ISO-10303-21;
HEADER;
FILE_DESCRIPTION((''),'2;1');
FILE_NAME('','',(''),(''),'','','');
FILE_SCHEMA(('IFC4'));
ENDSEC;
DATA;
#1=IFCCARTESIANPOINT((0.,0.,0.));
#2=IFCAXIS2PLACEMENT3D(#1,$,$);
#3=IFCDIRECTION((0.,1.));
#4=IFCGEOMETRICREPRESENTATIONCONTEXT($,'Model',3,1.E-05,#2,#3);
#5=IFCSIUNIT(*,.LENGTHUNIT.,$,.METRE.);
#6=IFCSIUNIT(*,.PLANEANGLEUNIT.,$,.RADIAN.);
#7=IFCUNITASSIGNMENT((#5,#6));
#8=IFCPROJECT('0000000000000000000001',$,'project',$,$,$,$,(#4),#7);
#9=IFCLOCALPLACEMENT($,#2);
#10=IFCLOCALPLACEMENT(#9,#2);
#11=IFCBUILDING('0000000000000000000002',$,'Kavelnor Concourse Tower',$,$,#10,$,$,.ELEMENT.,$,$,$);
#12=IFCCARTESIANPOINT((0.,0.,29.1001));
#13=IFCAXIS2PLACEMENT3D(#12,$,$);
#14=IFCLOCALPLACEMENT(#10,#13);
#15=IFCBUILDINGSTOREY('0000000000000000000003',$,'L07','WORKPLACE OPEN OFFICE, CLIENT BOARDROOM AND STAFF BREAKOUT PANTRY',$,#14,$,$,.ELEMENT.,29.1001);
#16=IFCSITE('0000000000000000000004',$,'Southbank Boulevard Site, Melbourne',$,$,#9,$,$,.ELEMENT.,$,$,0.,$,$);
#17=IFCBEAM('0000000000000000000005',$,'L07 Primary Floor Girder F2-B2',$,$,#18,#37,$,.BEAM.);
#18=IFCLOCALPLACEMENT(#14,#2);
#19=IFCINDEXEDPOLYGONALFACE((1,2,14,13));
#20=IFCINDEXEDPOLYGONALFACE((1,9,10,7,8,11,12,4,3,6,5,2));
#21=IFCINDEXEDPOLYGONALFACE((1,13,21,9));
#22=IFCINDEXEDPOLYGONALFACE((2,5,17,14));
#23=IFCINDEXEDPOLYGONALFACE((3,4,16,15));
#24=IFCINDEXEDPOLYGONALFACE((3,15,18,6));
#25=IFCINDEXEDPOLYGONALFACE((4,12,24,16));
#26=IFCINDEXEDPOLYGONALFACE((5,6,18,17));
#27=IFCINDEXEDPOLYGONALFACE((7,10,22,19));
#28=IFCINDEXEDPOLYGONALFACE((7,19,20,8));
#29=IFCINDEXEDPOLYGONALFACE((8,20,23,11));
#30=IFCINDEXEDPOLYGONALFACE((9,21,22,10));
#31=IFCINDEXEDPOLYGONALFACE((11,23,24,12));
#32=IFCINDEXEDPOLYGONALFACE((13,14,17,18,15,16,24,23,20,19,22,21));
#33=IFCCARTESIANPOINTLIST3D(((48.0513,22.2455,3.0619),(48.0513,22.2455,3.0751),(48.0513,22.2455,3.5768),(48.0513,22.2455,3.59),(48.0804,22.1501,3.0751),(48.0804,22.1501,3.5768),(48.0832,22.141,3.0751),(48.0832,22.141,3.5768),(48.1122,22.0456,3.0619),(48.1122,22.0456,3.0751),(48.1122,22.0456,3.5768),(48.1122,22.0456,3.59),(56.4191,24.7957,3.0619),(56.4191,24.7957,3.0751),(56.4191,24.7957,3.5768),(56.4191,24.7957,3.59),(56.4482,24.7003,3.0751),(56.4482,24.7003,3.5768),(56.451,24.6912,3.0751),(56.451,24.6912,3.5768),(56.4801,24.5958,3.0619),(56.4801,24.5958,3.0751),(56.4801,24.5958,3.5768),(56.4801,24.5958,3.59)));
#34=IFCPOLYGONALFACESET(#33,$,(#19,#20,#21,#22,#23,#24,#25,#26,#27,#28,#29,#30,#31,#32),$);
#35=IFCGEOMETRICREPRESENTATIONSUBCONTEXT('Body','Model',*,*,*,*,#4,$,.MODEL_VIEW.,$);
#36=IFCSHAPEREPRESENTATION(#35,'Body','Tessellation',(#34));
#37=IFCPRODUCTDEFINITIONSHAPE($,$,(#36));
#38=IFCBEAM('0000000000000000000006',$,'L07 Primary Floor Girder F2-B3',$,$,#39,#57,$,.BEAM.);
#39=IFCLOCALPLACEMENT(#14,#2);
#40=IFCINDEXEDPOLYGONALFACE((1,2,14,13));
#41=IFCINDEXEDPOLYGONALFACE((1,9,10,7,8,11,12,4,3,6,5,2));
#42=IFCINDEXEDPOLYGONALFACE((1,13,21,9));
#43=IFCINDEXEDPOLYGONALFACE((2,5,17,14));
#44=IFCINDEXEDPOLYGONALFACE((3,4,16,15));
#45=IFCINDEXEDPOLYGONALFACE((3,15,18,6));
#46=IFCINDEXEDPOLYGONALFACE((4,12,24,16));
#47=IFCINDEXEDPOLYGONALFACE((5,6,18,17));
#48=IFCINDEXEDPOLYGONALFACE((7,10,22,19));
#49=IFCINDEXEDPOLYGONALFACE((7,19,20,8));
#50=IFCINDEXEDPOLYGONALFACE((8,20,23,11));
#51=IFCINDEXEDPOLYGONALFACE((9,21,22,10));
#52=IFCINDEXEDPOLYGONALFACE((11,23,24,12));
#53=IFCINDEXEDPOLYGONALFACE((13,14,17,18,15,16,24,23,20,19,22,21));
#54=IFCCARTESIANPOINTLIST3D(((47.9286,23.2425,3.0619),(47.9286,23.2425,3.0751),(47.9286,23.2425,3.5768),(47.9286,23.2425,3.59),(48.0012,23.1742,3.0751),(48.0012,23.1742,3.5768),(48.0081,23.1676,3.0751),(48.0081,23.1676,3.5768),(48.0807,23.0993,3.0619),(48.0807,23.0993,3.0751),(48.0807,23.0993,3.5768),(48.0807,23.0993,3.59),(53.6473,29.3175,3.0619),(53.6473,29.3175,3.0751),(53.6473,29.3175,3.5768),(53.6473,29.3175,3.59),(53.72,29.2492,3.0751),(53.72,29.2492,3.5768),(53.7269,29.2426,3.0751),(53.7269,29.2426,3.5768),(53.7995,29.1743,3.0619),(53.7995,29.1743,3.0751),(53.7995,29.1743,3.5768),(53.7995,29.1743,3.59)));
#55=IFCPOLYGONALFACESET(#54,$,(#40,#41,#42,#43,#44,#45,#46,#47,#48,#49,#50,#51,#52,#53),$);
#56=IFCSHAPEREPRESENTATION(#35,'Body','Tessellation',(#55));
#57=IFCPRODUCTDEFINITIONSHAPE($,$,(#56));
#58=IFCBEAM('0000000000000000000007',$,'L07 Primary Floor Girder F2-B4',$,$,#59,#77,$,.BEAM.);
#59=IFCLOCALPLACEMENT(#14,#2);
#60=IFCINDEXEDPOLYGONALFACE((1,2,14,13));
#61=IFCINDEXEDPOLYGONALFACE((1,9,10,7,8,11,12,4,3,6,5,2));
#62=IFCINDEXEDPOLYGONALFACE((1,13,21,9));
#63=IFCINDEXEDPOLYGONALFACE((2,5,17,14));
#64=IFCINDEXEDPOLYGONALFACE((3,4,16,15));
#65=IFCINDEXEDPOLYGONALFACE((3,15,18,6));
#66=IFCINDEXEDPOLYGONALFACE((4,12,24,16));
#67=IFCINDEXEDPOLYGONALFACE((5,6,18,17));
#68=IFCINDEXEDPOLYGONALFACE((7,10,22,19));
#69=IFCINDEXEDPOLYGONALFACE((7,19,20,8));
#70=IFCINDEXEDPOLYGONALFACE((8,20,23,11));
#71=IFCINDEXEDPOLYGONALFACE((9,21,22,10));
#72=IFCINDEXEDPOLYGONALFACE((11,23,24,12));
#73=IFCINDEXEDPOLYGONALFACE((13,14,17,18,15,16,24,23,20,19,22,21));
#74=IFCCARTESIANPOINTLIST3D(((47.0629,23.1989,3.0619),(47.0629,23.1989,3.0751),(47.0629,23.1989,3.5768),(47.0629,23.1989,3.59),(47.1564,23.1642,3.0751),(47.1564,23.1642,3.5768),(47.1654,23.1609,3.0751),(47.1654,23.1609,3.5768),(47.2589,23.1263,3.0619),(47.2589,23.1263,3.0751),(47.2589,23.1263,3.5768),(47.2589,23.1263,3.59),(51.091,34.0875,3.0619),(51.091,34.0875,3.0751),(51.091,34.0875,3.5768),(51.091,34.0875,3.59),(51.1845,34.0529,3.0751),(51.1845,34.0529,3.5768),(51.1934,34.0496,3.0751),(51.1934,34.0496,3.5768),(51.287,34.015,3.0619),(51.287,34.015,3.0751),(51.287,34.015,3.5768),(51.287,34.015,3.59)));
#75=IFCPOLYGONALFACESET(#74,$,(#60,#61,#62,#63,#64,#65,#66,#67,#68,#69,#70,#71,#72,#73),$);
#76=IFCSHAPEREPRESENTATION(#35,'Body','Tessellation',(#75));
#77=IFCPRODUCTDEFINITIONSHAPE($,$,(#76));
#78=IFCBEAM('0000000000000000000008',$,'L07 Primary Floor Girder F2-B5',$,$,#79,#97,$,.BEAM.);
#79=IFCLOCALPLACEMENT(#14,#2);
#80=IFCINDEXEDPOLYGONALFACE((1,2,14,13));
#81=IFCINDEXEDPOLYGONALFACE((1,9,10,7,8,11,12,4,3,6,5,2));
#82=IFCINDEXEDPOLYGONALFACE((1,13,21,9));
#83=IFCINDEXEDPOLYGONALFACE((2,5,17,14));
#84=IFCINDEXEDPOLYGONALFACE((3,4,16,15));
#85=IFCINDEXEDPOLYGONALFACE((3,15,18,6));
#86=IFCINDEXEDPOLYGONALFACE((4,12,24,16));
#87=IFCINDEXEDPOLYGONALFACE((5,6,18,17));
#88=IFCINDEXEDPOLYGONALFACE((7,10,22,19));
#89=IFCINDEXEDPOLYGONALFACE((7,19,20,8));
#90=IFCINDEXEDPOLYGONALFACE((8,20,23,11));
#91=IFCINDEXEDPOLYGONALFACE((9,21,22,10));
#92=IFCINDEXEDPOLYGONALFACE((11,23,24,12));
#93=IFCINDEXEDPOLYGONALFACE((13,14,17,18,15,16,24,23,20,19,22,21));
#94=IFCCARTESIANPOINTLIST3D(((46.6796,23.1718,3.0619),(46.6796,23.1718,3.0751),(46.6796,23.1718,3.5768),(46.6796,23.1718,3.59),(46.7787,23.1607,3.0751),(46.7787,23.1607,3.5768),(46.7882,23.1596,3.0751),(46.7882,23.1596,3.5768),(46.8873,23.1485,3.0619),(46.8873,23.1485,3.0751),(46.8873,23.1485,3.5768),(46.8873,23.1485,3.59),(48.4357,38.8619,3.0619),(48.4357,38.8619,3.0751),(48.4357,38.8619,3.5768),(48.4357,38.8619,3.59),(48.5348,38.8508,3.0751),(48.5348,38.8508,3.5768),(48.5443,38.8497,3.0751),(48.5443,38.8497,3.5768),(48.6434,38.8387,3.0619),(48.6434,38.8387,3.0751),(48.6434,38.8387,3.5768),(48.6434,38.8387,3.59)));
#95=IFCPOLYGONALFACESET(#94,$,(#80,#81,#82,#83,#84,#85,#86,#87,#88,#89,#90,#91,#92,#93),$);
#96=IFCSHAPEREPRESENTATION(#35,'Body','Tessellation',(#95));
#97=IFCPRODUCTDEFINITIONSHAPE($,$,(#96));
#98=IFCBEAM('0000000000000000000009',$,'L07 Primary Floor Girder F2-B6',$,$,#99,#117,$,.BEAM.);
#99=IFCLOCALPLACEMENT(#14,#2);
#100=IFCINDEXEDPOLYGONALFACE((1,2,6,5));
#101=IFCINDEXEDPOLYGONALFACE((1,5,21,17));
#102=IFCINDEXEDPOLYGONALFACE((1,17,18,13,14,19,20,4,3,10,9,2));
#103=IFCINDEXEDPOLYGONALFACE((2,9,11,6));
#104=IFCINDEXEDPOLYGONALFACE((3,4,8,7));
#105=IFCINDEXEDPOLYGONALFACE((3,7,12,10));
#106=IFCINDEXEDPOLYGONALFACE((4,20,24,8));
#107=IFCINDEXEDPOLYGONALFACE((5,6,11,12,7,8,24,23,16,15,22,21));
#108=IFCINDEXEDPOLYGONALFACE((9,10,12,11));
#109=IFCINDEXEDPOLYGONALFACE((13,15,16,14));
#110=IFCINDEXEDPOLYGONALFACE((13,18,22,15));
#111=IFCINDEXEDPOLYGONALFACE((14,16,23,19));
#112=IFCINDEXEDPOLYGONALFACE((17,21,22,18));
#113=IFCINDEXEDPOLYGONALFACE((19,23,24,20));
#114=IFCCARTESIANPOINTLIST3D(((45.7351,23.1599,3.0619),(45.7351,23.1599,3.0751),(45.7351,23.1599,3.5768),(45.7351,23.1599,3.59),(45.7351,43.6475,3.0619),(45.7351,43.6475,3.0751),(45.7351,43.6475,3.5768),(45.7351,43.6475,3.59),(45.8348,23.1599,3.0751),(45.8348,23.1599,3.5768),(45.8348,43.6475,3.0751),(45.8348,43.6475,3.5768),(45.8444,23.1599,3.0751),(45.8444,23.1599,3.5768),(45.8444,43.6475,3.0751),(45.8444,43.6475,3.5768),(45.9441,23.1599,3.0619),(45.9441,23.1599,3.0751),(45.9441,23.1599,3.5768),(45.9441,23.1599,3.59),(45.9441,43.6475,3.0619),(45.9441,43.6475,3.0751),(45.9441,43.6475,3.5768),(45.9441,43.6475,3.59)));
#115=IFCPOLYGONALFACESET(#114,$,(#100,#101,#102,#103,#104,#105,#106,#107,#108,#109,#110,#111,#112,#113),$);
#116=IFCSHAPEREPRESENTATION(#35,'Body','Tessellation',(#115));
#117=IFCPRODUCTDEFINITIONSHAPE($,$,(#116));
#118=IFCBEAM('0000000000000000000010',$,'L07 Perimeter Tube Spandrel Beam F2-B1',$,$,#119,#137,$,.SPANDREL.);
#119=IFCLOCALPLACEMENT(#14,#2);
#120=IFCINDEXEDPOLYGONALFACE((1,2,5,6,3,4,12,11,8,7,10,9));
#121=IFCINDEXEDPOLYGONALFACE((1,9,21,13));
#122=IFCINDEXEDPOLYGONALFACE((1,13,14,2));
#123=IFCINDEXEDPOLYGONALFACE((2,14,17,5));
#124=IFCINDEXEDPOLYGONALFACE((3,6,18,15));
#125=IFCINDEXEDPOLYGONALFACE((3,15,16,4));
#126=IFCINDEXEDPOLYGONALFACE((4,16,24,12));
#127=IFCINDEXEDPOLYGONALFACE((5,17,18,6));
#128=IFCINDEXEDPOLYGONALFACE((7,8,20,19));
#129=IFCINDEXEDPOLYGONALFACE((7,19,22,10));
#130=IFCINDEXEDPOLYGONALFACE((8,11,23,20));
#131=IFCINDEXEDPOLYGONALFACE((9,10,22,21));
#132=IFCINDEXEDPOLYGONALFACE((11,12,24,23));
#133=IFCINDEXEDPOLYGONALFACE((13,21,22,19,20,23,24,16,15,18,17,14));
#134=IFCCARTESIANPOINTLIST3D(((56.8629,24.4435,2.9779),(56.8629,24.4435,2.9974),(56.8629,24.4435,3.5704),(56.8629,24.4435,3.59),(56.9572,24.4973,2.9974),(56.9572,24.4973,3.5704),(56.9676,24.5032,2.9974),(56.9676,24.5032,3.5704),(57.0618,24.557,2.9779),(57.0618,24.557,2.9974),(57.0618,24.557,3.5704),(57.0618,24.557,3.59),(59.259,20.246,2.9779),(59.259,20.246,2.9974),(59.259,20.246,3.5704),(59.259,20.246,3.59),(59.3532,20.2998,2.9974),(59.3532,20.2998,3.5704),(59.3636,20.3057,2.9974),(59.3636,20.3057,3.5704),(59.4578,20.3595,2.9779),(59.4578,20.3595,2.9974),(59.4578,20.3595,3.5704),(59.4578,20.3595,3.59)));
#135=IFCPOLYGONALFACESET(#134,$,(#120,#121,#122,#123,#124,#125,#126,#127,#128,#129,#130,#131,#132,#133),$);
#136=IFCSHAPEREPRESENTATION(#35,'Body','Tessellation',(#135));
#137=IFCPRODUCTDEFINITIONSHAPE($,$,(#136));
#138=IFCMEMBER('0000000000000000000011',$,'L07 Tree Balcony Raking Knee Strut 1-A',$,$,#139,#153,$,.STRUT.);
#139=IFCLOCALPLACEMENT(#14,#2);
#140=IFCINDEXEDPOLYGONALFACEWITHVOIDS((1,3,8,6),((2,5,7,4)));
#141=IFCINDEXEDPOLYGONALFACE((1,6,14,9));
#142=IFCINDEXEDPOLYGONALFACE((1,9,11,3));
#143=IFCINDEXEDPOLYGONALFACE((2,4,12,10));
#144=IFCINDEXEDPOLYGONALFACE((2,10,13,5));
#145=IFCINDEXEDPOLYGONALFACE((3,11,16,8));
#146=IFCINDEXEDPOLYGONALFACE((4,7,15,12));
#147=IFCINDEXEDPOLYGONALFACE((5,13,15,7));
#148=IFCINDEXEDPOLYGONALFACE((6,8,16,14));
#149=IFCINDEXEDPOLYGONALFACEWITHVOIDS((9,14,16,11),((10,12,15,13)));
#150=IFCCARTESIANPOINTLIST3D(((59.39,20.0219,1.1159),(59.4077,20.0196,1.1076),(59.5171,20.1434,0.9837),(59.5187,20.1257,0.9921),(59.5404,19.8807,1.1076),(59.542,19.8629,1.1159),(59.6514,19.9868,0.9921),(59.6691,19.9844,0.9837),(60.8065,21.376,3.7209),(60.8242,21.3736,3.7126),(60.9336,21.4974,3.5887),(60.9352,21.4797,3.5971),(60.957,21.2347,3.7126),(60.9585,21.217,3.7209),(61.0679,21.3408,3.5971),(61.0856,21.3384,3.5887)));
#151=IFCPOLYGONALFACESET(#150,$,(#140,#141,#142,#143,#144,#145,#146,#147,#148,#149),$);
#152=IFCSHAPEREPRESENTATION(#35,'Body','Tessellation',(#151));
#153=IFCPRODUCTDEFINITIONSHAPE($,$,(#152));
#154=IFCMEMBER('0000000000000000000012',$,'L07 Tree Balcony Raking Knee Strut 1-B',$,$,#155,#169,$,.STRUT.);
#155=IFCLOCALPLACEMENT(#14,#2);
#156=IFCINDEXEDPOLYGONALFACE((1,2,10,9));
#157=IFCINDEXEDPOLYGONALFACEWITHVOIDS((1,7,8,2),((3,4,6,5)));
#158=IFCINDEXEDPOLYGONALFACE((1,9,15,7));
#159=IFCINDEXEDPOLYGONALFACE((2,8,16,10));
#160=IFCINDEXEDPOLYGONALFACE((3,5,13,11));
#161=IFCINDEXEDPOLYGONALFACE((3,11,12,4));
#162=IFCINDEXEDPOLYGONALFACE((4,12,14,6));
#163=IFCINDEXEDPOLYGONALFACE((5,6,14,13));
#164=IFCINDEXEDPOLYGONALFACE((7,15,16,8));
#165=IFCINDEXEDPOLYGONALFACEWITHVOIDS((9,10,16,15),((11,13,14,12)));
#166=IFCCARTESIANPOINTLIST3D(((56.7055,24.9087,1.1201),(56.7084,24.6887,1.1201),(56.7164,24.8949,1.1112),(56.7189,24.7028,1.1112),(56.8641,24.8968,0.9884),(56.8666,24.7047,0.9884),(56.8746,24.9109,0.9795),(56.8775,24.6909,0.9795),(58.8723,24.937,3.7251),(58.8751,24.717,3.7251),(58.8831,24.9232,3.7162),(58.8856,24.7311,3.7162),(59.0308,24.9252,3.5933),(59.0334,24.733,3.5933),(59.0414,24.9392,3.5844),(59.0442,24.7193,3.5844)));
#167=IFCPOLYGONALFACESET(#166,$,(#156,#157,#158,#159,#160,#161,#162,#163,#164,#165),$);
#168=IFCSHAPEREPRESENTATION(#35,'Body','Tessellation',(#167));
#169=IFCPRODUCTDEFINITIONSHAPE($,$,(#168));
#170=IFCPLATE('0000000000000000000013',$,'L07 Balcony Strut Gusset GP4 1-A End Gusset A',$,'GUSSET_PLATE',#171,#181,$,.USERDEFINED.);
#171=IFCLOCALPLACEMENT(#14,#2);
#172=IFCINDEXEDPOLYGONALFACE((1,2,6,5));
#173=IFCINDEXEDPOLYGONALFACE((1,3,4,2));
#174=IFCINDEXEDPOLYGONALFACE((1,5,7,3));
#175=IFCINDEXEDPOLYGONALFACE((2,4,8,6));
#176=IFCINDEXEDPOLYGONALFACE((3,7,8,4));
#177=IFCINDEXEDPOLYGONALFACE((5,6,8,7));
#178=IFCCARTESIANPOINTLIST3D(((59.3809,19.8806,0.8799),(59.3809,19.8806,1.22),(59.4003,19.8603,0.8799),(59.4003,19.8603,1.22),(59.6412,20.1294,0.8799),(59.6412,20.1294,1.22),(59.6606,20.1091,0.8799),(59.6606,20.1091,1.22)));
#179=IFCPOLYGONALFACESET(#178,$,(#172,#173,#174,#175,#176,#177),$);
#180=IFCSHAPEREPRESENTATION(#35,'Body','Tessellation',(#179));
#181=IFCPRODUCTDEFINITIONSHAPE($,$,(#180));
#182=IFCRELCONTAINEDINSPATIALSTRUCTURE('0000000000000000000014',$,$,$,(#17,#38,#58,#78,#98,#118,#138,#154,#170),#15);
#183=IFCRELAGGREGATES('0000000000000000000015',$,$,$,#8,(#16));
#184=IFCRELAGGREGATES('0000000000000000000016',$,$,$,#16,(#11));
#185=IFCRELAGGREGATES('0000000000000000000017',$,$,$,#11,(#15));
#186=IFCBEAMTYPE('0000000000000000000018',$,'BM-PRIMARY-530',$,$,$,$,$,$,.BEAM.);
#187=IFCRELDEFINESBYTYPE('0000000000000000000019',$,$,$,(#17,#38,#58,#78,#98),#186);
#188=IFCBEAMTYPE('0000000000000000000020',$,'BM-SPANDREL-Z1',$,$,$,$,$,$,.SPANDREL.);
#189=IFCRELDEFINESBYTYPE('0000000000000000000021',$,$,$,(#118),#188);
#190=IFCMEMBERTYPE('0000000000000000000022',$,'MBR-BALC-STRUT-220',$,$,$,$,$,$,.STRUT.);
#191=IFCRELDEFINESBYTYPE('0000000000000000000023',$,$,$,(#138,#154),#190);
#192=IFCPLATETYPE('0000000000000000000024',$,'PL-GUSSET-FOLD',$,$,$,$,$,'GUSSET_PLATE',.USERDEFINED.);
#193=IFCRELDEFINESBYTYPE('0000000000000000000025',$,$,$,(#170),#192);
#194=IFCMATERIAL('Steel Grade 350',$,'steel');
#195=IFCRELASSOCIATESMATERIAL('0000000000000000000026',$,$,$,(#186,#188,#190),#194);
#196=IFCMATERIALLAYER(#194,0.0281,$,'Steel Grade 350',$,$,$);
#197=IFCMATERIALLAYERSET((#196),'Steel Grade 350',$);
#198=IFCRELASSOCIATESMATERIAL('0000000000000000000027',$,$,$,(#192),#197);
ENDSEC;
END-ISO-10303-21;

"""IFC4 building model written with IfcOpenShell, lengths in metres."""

from ifc_helpers import new_model, si_unit, direction, frame, origin, origin_2d, place, context, subcontext, project, spatial, rectangle, hollow_rectangle, i_section, extrude, material, layer, layer_set, material_profile, profile_set, type_object, element, save


model = new_model("IFC4")

# Units and contexts
model_context = context("Model", 3, precision=1e-05, world=origin(), true_north=direction((0.0, 1.0)))
body_context = subcontext(model_context, "Body", "Model", "MODEL_VIEW")
ifc_project = project(units=[si_unit("LENGTHUNIT", "METRE"), si_unit("PLANEANGLEUNIT", "RADIAN")], contexts=[model_context])

# Site, building, storey
site_placement = place(None, origin())
site = spatial("IfcSite", under=ifc_project, at=site_placement, Name="Southbank Boulevard Site, Melbourne", CompositionType="ELEMENT", RefElevation=0.0)
building_placement = place(site_placement, origin())
building = spatial("IfcBuilding", under=site, at=building_placement, Name="Kavelnor Concourse Tower", CompositionType="ELEMENT")
storey_placement = place(building_placement, frame((0.0, 0.0, 29.1001)))
storey = spatial("IfcBuildingStorey", under=building, at=storey_placement, Name="L07", Description="WORKPLACE OPEN OFFICE, CLIENT BOARDROOM AND STAFF BREAKOUT PANTRY", CompositionType="ELEMENT", Elevation=29.1001)

# Shared definitions
ifc_material_1 = material(Name="Steel Grade 350", Category="steel")

# Beams
ifc_material_profile_1 = material_profile(ifc_material_1, i_section(OverallWidth=0.209, OverallDepth=0.5281, WebThickness=0.0095, FlangeThickness=0.0132, at=origin_2d()), Name="530UB82")
ifc_profile_set_1 = profile_set([ifc_material_profile_1], Name="Steel Grade 350")
beam_type_1 = type_object("IfcBeamType", Name="BM-PRIMARY-530", PredefinedType="BEAM", material=ifc_profile_set_1)
beam_1_placement = place(storey_placement, frame((48.0818, 22.1455, 3.3259), z_axis=(0.956561, 0.291531, 0.0), x_axis=(-0.291531, 0.956561, 0.0)))
element("IfcBeam", 1, at=beam_1_placement, inside=storey, type_object=beam_type_1, Name="L07 Primary Floor Girder F2-B2", PredefinedType="BEAM", context=body_context, shape_type="SweptSolid", body=[
    extrude(i_section(OverallWidth=0.209, OverallDepth=0.5281, WebThickness=0.0095, FlangeThickness=0.0132, at=origin_2d()), origin(), (0.0, 0.0, 1.0), 8.7478),
])
beam_2_placement = place(storey_placement, frame((48.0046, 23.1709, 3.3259), z_axis=(0.685438, 0.728131, 0.0), x_axis=(-0.728131, 0.685438, 0.0)))
element("IfcBeam", 2, at=beam_2_placement, inside=storey, type_object=beam_type_1, Name="L07 Primary Floor Girder F2-B3", PredefinedType="BEAM", context=body_context, shape_type="SweptSolid", body=[
    extrude(i_section(OverallWidth=0.209, OverallDepth=0.5281, WebThickness=0.0095, FlangeThickness=0.0132, at=origin_2d()), origin(), (0.0, 0.0, 1.0), 8.3433),
])
beam_3_placement = place(storey_placement, frame((47.1609, 23.1626, 3.3259), z_axis=(0.346953, 0.937882, 0.0), x_axis=(-0.937882, 0.346953, 0.0)))
element("IfcBeam", 3, at=beam_3_placement, inside=storey, type_object=beam_type_1, Name="L07 Primary Floor Girder F2-B4", PredefinedType="BEAM", context=body_context, shape_type="SweptSolid", body=[
    extrude(i_section(OverallWidth=0.209, OverallDepth=0.5281, WebThickness=0.0095, FlangeThickness=0.0132, at=origin_2d()), origin(), (0.0, 0.0, 1.0), 11.6099),
])
beam_4_placement = place(storey_placement, frame((46.7834, 23.1602, 3.3259), z_axis=(0.111229, 0.993795, 0.0), x_axis=(-0.993795, 0.111229, 0.0)))
element("IfcBeam", 4, at=beam_4_placement, inside=storey, type_object=beam_type_1, Name="L07 Primary Floor Girder F2-B5", PredefinedType="BEAM", context=body_context, shape_type="SweptSolid", body=[
    extrude(i_section(OverallWidth=0.209, OverallDepth=0.5281, WebThickness=0.0095, FlangeThickness=0.0132, at=origin_2d()), origin(), (0.0, 0.0, 1.0), 15.7881),
])
beam_5_placement = place(storey_placement, frame((45.8396, 23.1599, 3.3259), z_axis=(0.0, 1.0, 0.0), x_axis=(-1.0, 0.0, 0.0)))
element("IfcBeam", 5, at=beam_5_placement, inside=storey, type_object=beam_type_1, Name="L07 Primary Floor Girder F2-B6", PredefinedType="BEAM", context=body_context, shape_type="SweptSolid", body=[
    extrude(i_section(OverallWidth=0.209, OverallDepth=0.5281, WebThickness=0.0095, FlangeThickness=0.0132, at=origin_2d()), origin(), (0.0, 0.0, 1.0), 20.4875),
])
ifc_material_profile_2 = material_profile(ifc_material_1, i_section(OverallWidth=0.229, OverallDepth=0.6121, WebThickness=0.012, FlangeThickness=0.0195, at=origin_2d()), Name="610UB125")
ifc_profile_set_2 = profile_set([ifc_material_profile_2], Name="Steel Grade 350")
beam_type_2 = type_object("IfcBeamType", Name="BM-SPANDREL-Z1", PredefinedType="SPANDREL", material=ifc_profile_set_2)
beam_6_placement = place(storey_placement, frame((59.3584, 20.3027, 3.2839), z_axis=(-0.495736, 0.868473, 0.0), x_axis=(-0.868473, -0.495736, 0.0)))
element("IfcBeam", 6, at=beam_6_placement, inside=storey, type_object=beam_type_2, Name="L07 Perimeter Tube Spandrel Beam F2-B1", PredefinedType="SPANDREL", context=body_context, shape_type="SweptSolid", body=[
    extrude(i_section(OverallWidth=0.229, OverallDepth=0.6121, WebThickness=0.012, FlangeThickness=0.0195, at=origin_2d()), origin(), (0.0, 0.0, 1.0), 4.8333),
])

# Members
ifc_material_profile_3 = material_profile(ifc_material_1, hollow_rectangle(XDim=0.22, YDim=0.22, WallThickness=0.0139, at=origin_2d()), Name="SHS 220x220x14")
ifc_profile_set_3 = profile_set([ifc_material_profile_3], Name="Steel Grade 350")
member_type = type_object("IfcMemberType", Name="MBR-BALC-STRUT-220", PredefinedType="STRUT", material=ifc_profile_set_3)
member_1_placement = place(storey_placement, frame((59.5295, 20.0032, 1.0498), z_axis=(0.434549, 0.415375, 0.799144), x_axis=(-0.690979, 0.722875, 0.0)))
element("IfcMember", 7, at=member_1_placement, inside=storey, type_object=member_type, Name="L07 Tree Balcony Raking Knee Strut 1-A", PredefinedType="STRUT", context=body_context, shape_type="SweptSolid", body=[
    extrude(hollow_rectangle(XDim=0.22, YDim=0.22, WallThickness=0.0139, at=origin_2d()), origin(), (0.0, 0.0, 1.0), 3.2598),
])
member_2_placement = place(storey_placement, frame((56.7915, 24.7998, 1.0498), z_axis=(0.639453, 0.008358, 0.768785), x_axis=(-0.013069, 0.999915, 0.0)))
element("IfcMember", 8, at=member_2_placement, inside=storey, type_object=member_type, Name="L07 Tree Balcony Raking Knee Strut 1-B", PredefinedType="STRUT", context=body_context, shape_type="SweptSolid", body=[
    extrude(hollow_rectangle(XDim=0.22, YDim=0.22, WallThickness=0.0139, at=origin_2d()), origin(), (0.0, 0.0, 1.0), 3.3884),
])

# Plate
ifc_layer_1 = layer(ifc_material_1, 0.0281, Name="Steel Grade 350")
ifc_layer_set_1 = layer_set([ifc_layer_1], Name="Steel Grade 350")
plate_type_1 = type_object("IfcPlateType", Name="PL-GUSSET-FOLD", ElementType="GUSSET_PLATE", PredefinedType="USERDEFINED", material=ifc_layer_set_1)
for number, where, z_axis, x_axis, name in (
    (9, (59.5208, 19.9949, 0.8799), (0.0, 0.0, 1.0), (0.722847, 0.691009, 0.0), "L07 Balcony Strut Gusset GP4 1-A End Gusset A"),
):
    element("IfcPlate", number, at=place(storey_placement, frame(where, z_axis=z_axis, x_axis=x_axis)), inside=storey, type_object=plate_type_1, Name=name, ObjectType="GUSSET_PLATE", PredefinedType="USERDEFINED", context=body_context, shape_type="SweptSolid", body=[
        extrude(rectangle(XDim=0.3601, YDim=0.0281, at=origin_2d()), origin(), (0.0, 0.0, 1.0), 0.3401),
    ])

save(model, "model.ifc")
